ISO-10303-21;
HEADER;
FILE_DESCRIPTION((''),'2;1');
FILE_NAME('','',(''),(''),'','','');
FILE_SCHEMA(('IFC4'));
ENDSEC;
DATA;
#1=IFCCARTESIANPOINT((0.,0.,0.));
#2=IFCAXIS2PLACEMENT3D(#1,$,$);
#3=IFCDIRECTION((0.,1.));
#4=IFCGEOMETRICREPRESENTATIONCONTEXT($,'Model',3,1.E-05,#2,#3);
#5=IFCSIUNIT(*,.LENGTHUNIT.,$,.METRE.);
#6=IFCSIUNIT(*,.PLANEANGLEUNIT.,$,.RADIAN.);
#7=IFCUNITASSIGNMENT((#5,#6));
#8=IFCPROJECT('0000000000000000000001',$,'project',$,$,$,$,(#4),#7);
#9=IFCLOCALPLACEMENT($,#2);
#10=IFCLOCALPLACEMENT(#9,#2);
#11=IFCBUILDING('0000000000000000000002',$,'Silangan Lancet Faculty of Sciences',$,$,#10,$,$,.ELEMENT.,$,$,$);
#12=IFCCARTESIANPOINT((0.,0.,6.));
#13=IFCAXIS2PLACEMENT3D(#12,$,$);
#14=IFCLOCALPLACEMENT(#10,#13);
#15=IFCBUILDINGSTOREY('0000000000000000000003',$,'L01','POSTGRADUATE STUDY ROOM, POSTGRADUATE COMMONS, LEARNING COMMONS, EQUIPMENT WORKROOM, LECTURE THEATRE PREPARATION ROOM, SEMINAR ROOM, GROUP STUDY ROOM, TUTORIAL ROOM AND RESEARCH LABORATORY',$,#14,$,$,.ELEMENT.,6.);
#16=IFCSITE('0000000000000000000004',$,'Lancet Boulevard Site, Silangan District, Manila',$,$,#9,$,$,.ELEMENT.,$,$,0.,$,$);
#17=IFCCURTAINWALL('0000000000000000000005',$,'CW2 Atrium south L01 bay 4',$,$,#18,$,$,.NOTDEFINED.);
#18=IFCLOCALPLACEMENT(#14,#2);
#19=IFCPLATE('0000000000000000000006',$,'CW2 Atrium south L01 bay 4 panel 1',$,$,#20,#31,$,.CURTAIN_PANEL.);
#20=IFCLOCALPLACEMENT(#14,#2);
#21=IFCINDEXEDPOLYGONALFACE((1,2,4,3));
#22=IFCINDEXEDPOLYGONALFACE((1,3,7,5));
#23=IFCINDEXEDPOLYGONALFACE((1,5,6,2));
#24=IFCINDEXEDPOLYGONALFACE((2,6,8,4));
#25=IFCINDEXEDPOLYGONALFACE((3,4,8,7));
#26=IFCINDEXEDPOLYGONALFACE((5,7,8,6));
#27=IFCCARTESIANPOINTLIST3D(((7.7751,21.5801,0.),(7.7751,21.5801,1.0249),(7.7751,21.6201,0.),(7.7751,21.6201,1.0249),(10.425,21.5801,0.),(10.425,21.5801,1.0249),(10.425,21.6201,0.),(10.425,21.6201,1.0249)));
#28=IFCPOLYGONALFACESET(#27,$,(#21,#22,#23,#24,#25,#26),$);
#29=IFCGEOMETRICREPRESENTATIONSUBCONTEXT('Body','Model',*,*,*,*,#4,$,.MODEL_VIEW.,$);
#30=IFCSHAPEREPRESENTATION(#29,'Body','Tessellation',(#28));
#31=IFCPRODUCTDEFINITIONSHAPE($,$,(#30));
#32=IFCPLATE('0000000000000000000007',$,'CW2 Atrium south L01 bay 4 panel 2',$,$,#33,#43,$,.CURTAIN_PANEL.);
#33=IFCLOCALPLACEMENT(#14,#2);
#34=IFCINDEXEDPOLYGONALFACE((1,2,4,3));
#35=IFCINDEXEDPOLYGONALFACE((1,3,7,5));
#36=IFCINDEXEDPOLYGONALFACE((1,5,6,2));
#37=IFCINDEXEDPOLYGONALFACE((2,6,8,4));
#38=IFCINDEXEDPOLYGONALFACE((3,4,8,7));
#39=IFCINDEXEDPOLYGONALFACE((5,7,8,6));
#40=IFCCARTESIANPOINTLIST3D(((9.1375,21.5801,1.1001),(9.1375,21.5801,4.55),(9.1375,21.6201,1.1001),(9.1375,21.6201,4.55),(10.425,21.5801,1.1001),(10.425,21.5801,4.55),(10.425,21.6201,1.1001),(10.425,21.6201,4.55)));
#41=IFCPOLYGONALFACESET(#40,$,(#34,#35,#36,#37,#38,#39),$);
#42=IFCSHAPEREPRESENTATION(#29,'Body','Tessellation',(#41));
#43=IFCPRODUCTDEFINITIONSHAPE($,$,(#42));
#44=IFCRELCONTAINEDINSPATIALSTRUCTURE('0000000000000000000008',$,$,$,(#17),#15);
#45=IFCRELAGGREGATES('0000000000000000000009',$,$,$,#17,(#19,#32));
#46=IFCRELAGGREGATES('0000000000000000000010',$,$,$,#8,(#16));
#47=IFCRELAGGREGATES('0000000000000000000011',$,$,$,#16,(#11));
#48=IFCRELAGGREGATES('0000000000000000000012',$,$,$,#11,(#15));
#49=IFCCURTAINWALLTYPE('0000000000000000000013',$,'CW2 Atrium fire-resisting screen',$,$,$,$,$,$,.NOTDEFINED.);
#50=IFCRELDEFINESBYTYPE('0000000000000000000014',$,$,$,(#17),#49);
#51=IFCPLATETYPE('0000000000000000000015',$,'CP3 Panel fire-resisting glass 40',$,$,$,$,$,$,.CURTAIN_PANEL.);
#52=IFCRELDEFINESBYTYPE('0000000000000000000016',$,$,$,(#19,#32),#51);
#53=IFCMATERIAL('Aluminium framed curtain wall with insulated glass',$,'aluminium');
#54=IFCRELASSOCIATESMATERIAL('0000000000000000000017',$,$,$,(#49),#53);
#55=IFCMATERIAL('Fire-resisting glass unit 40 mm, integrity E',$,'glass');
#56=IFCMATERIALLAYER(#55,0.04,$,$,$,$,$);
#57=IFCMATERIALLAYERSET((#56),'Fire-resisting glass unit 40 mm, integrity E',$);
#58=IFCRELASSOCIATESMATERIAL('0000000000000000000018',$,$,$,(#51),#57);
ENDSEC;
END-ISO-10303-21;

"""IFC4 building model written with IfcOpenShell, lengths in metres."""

from ifc_helpers import new_model, si_unit, direction, frame, origin, origin_2d, place, context, subcontext, project, spatial, rectangle, extrude, material, layer, layer_set, type_object, element, aggregate, save


model = new_model("IFC4")

# Units and contexts
model_context = context("Model", 3, precision=1e-05, world=origin(), true_north=direction((0.0, 1.0)))
body_context = subcontext(model_context, "Body", "Model", "MODEL_VIEW")
ifc_project = project(units=[si_unit("LENGTHUNIT", "METRE"), si_unit("PLANEANGLEUNIT", "RADIAN")], contexts=[model_context])

# Site, building, storey
site_placement = place(None, origin())
site = spatial("IfcSite", under=ifc_project, at=site_placement, Name="Lancet Boulevard Site, Silangan District, Manila", CompositionType="ELEMENT", RefElevation=0.0)
building_placement = place(site_placement, origin())
building = spatial("IfcBuilding", under=site, at=building_placement, Name="Silangan Lancet Faculty of Sciences", CompositionType="ELEMENT")
storey_placement = place(building_placement, frame((0.0, 0.0, 6.0)))
storey = spatial("IfcBuildingStorey", under=building, at=storey_placement, Name="L01", Description="POSTGRADUATE STUDY ROOM, POSTGRADUATE COMMONS, LEARNING COMMONS, EQUIPMENT WORKROOM, LECTURE THEATRE PREPARATION ROOM, SEMINAR ROOM, GROUP STUDY ROOM, TUTORIAL ROOM AND RESEARCH LABORATORY", CompositionType="ELEMENT", Elevation=6.0)

# Shared definitions
ifc_material_1 = material(Name="Aluminium framed curtain wall with insulated glass", Category="aluminium")
curtain_wall_type = type_object("IfcCurtainWallType", Name="CW2 Atrium fire-resisting screen", PredefinedType="NOTDEFINED", material=ifc_material_1)

# Curtain wall
curtain_wall_1_placement = place(storey_placement, origin())
curtain_wall_1 = element("IfcCurtainWall", 1, at=curtain_wall_1_placement, inside=storey, type_object=curtain_wall_type, Name="CW2 Atrium south L01 bay 4", PredefinedType="NOTDEFINED")

# Plates
ifc_material_2 = material(Name="Fire-resisting glass unit 40 mm, integrity E", Category="glass")
ifc_layer = layer(ifc_material_2, 0.04)
ifc_layer_set = layer_set([ifc_layer], Name="Fire-resisting glass unit 40 mm, integrity E")
plate_type = type_object("IfcPlateType", Name="CP3 Panel fire-resisting glass 40", PredefinedType="CURTAIN_PANEL", material=ifc_layer_set)
plate_1_placement = place(storey_placement, frame((9.1001, 21.6001, 0.0), z_axis=(0.0, 0.0, 1.0), x_axis=(-1.0, 0.0, 0.0)))
plate_1 = element("IfcPlate", 2, at=plate_1_placement, type_object=plate_type, Name="CW2 Atrium south L01 bay 4 panel 1", PredefinedType="CURTAIN_PANEL", context=body_context, shape_type="SweptSolid", body=[
    extrude(rectangle(XDim=2.6499, YDim=0.04, at=origin_2d()), origin(), (0.0, 0.0, 1.0), 1.0249),
])
plate_2_placement = place(storey_placement, frame((9.7812, 21.6001, 1.1001), z_axis=(0.0, 0.0, 1.0), x_axis=(-1.0, 0.0, 0.0)))
plate_2 = element("IfcPlate", 3, at=plate_2_placement, type_object=plate_type, Name="CW2 Atrium south L01 bay 4 panel 2", PredefinedType="CURTAIN_PANEL", context=body_context, shape_type="SweptSolid", body=[
    extrude(rectangle(XDim=1.2876, YDim=0.04, at=origin_2d()), origin(), (0.0, 0.0, 1.0), 3.45),
])
aggregate(curtain_wall_1, [plate_1, plate_2])

save(model, "model.ifc")
